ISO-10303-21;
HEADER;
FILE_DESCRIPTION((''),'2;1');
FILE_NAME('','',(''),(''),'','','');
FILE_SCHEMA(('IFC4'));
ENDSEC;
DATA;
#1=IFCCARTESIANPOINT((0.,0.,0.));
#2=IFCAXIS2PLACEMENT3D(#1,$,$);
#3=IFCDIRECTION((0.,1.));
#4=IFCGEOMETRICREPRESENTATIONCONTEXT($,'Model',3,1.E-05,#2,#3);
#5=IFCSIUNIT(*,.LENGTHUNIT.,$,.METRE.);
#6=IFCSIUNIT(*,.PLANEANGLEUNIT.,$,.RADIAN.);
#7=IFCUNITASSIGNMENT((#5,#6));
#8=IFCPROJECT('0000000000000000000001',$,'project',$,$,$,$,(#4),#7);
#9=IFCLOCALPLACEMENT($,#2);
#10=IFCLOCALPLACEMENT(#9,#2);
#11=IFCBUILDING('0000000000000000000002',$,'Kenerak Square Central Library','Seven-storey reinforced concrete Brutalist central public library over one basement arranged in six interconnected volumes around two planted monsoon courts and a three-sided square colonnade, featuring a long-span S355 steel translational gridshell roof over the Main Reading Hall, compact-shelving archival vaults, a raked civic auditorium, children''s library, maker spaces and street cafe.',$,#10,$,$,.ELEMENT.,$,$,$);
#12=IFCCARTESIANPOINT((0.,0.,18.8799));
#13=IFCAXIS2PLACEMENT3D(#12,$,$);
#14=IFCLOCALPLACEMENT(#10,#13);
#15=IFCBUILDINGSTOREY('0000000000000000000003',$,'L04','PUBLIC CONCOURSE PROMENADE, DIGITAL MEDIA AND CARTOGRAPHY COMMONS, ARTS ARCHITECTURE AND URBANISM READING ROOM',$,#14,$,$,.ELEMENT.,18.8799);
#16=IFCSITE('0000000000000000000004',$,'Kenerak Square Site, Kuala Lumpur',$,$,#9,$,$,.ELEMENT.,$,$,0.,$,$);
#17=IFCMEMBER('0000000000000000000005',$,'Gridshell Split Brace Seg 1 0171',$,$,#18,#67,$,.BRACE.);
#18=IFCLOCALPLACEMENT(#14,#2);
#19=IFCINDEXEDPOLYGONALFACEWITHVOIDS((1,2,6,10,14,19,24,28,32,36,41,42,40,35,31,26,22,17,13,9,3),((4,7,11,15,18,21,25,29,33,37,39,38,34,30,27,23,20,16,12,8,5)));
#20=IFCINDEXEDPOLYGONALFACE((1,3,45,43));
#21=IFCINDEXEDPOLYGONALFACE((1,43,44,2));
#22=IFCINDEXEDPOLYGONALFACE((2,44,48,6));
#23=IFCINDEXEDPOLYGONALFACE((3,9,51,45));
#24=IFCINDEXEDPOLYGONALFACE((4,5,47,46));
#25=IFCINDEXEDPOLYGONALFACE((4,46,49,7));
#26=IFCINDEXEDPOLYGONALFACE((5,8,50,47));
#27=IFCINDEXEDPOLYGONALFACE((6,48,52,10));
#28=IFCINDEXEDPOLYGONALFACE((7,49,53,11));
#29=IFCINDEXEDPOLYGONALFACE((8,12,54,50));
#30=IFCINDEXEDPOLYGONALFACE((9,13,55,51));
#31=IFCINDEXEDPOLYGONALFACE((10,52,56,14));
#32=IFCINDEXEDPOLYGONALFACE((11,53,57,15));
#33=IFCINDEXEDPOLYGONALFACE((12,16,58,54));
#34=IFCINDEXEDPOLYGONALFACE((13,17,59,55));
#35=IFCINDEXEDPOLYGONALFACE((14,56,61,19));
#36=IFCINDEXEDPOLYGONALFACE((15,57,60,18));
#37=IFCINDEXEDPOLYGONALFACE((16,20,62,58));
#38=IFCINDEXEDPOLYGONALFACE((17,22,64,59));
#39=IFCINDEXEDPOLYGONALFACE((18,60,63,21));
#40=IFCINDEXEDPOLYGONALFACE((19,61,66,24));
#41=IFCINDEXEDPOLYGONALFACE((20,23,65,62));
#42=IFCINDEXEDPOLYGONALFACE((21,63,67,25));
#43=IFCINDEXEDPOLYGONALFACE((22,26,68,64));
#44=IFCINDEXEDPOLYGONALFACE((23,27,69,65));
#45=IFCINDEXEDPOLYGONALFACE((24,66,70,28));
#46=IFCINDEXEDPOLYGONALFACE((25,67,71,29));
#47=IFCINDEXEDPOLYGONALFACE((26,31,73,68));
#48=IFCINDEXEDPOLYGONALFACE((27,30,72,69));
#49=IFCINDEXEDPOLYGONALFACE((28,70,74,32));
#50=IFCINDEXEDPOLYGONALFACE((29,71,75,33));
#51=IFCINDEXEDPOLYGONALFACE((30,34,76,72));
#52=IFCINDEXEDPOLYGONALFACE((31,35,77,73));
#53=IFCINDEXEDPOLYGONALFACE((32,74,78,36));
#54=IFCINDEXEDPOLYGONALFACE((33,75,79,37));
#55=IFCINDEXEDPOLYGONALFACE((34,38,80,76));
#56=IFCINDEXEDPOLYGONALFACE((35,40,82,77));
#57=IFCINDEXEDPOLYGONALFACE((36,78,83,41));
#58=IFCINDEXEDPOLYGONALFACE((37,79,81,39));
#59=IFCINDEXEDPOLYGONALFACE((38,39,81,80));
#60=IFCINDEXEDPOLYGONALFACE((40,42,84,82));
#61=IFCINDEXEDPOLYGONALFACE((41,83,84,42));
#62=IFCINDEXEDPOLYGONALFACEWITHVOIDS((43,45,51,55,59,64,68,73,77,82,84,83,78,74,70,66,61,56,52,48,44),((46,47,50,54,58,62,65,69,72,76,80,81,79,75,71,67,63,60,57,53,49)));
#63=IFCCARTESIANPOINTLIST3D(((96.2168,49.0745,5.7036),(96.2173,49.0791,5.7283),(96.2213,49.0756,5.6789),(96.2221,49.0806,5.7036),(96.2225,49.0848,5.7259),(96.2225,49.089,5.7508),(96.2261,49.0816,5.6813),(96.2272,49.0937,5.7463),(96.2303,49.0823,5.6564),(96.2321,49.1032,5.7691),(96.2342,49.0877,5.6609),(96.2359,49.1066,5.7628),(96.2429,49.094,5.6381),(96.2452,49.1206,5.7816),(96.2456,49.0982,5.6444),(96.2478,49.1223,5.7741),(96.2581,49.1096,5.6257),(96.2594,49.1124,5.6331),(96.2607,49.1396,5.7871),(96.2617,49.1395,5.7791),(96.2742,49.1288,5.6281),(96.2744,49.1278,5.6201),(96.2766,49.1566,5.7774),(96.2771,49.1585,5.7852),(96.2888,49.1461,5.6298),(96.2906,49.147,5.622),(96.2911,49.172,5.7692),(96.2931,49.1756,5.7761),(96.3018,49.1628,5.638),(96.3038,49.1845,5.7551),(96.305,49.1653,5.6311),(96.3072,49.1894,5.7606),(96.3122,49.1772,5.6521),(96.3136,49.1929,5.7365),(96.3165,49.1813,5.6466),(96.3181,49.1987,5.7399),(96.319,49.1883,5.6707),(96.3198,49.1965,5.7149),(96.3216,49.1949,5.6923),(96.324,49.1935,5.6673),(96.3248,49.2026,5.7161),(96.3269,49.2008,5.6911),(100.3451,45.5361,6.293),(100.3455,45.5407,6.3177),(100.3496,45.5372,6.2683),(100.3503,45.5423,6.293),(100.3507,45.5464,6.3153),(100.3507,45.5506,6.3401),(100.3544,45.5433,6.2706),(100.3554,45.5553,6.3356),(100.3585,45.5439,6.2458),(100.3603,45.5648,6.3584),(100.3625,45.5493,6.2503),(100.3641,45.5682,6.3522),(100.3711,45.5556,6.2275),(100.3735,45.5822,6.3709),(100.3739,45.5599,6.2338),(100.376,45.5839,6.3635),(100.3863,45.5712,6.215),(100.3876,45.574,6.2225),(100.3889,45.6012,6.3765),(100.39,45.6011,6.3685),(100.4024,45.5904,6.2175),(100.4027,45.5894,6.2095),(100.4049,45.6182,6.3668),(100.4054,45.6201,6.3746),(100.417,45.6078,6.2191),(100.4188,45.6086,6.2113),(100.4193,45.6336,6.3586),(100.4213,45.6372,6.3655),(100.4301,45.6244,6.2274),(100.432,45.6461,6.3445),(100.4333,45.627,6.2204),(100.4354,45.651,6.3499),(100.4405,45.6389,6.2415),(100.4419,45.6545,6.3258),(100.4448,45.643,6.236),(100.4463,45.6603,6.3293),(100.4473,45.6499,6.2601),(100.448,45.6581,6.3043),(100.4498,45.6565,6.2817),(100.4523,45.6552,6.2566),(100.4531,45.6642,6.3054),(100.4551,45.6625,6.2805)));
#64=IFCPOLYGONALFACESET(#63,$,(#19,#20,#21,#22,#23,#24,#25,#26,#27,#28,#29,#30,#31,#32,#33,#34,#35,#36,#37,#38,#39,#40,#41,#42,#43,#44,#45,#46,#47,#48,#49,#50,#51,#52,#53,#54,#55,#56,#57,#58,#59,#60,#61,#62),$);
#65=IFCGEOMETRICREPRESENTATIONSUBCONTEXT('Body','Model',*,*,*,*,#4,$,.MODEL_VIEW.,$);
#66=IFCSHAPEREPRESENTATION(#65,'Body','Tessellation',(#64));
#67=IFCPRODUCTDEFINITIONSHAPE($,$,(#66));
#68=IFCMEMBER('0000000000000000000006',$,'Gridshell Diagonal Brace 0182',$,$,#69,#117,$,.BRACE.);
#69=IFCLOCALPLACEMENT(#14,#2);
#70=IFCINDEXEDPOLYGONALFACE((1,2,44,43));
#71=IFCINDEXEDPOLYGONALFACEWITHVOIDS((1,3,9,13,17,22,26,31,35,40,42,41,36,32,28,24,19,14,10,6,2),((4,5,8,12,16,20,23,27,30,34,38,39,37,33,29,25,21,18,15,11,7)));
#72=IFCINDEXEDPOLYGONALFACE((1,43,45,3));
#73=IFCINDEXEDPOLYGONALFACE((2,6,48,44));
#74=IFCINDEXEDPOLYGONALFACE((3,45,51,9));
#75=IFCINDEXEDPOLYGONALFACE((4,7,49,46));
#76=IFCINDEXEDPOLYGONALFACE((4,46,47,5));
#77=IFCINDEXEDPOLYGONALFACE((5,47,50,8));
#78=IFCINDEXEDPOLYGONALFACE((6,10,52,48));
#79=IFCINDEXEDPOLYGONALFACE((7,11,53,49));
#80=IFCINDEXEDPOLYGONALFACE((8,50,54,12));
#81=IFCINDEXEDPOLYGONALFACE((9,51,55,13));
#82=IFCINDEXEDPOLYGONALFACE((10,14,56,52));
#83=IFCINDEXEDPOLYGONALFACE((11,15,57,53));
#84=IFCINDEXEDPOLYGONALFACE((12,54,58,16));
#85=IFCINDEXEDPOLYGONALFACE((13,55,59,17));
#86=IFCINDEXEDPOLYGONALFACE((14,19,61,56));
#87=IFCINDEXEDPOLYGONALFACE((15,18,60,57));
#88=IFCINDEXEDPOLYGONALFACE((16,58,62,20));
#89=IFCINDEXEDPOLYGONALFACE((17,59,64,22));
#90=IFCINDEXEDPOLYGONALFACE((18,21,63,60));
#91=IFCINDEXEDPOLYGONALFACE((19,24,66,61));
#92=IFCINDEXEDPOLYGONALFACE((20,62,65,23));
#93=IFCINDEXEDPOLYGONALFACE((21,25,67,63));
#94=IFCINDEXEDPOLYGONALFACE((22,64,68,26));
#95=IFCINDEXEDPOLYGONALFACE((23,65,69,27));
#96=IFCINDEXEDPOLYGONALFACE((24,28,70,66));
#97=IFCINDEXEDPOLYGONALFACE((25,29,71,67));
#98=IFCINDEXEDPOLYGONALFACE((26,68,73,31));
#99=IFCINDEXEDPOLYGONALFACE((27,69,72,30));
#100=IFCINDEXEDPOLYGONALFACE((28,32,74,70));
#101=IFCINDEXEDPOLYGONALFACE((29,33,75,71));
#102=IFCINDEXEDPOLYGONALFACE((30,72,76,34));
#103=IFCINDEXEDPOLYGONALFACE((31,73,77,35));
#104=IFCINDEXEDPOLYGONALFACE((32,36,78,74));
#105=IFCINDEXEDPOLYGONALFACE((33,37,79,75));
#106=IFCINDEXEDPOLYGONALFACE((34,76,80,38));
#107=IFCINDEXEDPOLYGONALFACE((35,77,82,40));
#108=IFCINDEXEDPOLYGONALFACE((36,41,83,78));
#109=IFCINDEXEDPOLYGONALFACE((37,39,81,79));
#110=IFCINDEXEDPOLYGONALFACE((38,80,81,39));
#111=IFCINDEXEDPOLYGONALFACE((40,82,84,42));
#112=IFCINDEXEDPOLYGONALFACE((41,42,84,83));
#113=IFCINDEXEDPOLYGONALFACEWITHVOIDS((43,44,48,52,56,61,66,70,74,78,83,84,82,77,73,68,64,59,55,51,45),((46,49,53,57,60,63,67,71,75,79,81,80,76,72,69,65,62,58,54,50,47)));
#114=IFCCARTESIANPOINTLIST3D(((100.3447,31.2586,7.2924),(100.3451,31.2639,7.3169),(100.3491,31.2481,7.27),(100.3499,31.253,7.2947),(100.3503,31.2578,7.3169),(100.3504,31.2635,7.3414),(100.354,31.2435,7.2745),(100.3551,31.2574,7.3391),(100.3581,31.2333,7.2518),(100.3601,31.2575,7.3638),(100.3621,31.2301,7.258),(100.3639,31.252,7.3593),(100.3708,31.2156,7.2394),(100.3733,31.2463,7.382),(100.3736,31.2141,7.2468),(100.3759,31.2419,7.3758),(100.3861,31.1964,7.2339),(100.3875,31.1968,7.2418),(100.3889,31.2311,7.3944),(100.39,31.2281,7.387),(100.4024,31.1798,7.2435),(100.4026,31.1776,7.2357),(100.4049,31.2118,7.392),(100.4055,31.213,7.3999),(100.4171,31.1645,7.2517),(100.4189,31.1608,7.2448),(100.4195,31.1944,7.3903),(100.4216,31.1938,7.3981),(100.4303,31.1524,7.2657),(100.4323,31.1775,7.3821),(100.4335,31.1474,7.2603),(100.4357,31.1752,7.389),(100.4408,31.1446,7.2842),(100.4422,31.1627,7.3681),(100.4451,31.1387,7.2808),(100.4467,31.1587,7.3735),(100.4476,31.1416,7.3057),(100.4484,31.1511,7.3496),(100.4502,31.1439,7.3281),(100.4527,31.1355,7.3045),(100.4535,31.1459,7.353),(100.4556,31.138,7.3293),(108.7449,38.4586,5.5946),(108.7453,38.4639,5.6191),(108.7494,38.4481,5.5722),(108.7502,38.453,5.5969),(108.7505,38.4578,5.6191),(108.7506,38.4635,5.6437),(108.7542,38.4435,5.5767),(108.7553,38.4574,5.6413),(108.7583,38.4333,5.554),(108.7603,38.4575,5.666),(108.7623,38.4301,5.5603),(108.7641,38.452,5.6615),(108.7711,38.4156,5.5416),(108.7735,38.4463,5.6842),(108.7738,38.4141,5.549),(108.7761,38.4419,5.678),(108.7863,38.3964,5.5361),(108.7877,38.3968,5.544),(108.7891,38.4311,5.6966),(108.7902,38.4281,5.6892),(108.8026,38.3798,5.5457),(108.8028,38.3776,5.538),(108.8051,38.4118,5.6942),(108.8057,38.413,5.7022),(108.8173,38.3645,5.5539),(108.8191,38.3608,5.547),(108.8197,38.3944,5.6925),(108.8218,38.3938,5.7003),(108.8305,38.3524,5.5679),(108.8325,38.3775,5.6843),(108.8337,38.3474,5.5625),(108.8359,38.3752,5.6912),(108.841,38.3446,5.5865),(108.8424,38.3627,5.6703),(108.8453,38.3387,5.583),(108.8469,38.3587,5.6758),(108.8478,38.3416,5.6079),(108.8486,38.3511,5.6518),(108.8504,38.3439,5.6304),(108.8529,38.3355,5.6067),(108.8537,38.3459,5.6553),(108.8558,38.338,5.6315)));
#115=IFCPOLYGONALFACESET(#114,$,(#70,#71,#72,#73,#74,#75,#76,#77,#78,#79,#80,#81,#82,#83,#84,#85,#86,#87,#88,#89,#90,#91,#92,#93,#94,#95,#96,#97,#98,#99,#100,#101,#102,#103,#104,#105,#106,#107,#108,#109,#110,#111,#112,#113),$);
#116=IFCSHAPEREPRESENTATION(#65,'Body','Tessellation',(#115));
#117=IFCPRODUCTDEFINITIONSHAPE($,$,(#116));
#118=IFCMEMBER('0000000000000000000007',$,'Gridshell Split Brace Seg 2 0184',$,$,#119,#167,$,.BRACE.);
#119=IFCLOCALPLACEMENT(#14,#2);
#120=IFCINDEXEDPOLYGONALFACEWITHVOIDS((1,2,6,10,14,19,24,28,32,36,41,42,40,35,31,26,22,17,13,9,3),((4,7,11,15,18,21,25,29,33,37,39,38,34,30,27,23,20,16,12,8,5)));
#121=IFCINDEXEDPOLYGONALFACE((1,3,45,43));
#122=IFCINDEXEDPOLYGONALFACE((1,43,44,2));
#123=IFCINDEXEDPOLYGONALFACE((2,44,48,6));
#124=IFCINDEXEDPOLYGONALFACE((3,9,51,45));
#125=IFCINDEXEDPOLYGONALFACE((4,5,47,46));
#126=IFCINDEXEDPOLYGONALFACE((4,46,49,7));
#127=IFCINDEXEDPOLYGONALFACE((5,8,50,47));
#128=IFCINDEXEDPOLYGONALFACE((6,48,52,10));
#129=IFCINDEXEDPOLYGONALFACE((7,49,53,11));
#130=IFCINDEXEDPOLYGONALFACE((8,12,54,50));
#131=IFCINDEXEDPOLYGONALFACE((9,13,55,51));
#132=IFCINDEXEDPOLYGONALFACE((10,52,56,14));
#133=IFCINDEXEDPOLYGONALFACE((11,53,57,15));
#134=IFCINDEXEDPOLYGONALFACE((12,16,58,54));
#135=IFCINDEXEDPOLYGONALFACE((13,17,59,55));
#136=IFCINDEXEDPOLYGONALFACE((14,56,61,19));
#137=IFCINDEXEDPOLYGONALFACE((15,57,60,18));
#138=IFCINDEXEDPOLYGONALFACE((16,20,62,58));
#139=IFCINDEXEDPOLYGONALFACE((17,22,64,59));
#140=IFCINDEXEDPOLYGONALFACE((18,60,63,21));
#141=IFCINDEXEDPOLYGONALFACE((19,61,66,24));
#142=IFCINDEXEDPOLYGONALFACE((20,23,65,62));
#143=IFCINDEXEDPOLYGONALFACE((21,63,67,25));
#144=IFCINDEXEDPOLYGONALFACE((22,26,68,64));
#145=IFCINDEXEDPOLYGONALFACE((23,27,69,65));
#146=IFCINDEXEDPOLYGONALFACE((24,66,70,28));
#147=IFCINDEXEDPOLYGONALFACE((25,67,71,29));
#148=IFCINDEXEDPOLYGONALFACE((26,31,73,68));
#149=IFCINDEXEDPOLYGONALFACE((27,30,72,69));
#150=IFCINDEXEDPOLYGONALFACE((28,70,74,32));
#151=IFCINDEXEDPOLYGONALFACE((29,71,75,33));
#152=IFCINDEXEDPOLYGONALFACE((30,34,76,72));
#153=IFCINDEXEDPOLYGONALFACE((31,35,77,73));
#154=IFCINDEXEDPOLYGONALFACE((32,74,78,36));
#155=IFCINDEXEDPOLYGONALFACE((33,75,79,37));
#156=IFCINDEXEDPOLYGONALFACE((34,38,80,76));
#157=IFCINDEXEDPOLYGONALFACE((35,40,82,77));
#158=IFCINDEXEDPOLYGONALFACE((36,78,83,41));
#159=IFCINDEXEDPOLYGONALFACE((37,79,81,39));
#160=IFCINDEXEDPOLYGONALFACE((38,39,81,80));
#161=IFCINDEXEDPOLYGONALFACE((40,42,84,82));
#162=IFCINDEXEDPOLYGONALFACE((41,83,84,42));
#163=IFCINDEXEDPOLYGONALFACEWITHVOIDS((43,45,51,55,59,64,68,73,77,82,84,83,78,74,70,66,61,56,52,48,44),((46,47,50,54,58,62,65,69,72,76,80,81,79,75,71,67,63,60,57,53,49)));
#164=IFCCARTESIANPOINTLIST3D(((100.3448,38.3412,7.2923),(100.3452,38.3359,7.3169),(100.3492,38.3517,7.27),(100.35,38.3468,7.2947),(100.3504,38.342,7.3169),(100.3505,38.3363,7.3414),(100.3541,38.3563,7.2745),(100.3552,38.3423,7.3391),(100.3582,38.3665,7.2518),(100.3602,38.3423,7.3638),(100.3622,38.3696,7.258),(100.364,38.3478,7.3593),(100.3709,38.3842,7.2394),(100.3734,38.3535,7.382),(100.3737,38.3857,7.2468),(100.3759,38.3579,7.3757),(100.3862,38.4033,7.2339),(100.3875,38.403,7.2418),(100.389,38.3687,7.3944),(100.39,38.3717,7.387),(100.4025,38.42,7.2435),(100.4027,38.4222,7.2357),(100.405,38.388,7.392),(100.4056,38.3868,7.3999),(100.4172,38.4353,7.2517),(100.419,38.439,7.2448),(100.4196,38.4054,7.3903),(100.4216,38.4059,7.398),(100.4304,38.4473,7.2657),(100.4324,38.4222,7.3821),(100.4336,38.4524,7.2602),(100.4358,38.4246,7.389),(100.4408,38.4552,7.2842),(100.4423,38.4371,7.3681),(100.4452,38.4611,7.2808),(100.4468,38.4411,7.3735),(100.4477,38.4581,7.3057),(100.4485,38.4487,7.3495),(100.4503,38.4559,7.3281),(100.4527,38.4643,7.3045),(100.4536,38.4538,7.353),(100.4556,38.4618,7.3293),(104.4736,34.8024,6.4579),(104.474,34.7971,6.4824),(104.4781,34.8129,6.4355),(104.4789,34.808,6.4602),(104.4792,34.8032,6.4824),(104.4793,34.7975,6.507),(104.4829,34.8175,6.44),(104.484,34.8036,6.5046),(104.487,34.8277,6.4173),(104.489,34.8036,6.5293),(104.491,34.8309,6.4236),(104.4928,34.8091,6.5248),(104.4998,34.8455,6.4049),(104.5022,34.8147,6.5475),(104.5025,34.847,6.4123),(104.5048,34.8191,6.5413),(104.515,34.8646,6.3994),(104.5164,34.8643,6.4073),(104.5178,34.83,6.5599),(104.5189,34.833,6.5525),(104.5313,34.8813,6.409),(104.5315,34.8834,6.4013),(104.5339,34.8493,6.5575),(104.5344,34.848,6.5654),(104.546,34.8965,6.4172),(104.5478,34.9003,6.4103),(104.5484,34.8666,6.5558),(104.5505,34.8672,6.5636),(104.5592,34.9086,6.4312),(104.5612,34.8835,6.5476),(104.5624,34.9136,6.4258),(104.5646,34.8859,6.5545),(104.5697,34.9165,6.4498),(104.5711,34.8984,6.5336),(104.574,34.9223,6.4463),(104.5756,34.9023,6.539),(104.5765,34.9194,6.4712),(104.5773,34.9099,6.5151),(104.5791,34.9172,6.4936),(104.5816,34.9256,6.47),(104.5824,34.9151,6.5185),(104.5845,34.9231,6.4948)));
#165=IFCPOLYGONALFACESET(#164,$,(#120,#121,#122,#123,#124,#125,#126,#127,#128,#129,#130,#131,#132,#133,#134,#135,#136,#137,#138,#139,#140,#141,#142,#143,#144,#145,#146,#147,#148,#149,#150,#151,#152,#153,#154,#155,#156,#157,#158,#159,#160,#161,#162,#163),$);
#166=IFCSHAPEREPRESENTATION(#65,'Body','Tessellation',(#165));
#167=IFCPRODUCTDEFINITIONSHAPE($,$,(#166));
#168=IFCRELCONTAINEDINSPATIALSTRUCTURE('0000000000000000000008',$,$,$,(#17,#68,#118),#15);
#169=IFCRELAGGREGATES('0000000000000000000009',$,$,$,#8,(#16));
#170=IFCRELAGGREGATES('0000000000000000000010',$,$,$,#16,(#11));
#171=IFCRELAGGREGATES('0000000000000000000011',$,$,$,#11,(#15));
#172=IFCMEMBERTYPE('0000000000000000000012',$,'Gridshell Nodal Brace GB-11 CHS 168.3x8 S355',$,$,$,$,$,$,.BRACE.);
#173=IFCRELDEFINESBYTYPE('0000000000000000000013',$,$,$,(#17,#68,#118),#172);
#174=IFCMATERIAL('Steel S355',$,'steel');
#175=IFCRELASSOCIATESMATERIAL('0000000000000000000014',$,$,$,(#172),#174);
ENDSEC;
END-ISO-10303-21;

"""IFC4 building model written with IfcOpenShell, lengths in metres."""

from ifc_helpers import new_model, si_unit, direction, frame, origin, origin_2d, place, context, subcontext, project, spatial, hollow_circle, extrude, material, material_profile, profile_set, type_object, element, save


model = new_model("IFC4")

# Units and contexts
model_context = context("Model", 3, precision=1e-05, world=origin(), true_north=direction((0.0, 1.0)))
body_context = subcontext(model_context, "Body", "Model", "MODEL_VIEW")
ifc_project = project(units=[si_unit("LENGTHUNIT", "METRE"), si_unit("PLANEANGLEUNIT", "RADIAN")], contexts=[model_context])

# Site, building, storey
site_placement = place(None, origin())
site = spatial("IfcSite", under=ifc_project, at=site_placement, Name="Kenerak Square Site, Kuala Lumpur", CompositionType="ELEMENT", RefElevation=0.0)
building_placement = place(site_placement, origin())
building = spatial("IfcBuilding", under=site, at=building_placement, Name="Kenerak Square Central Library", Description="Seven-storey reinforced concrete Brutalist central public library over one basement arranged in six interconnected volumes around two planted monsoon courts and a three-sided square colonnade, featuring a long-span S355 steel translational gridshell roof over the Main Reading Hall, compact-shelving archival vaults, a raked civic auditorium, children's library, maker spaces and street cafe.", CompositionType="ELEMENT")
storey_placement = place(building_placement, frame((0.0, 0.0, 18.8799)))
storey = spatial("IfcBuildingStorey", under=building, at=storey_placement, Name="L04", Description="PUBLIC CONCOURSE PROMENADE, DIGITAL MEDIA AND CARTOGRAPHY COMMONS, ARTS ARCHITECTURE AND URBANISM READING ROOM", CompositionType="ELEMENT", Elevation=18.8799)

# Members
ifc_material = material(Name="Steel S355", Category="steel")
ifc_material_profile_1 = material_profile(ifc_material, hollow_circle(Radius=0.0842, WallThickness=0.0081, at=origin_2d()), Name="CHS 168.3x8.0")
ifc_profile_set_1 = profile_set([ifc_material_profile_1], Name="Steel S355")
member_type_1 = type_object("IfcMemberType", Name="Gridshell Nodal Brace GB-11 CHS 168.3x8 S355", PredefinedType="BRACE", material=ifc_profile_set_1)
member_1_placement = place(storey_placement, frame((100.3999, 45.6001, 6.293), z_axis=(-0.754844, 0.64699, -0.107765), x_axis=(-0.65078, -0.759266, 0.0)))
element("IfcMember", 1, at=member_1_placement, inside=storey, type_object=member_type_1, Name="Gridshell Split Brace Seg 1 0171", PredefinedType="BRACE", context=body_context, shape_type="SweptSolid", body=[
    extrude(hollow_circle(Radius=0.0842, WallThickness=0.0081, at=origin_2d()), origin(), (0.0, 0.0, 1.0), 5.469),
])
member_2_placement = place(storey_placement, frame((100.3999, 31.2, 7.3169), z_axis=(0.75048, 0.643253, -0.151679), x_axis=(-0.650782, 0.759264, 0.0)))
element("IfcMember", 2, at=member_2_placement, inside=storey, type_object=member_type_1, Name="Gridshell Diagonal Brace 0182", PredefinedType="BRACE", context=body_context, shape_type="SweptSolid", body=[
    extrude(hollow_circle(Radius=0.0842, WallThickness=0.0081, at=origin_2d()), origin(), (0.0, 0.0, 1.0), 11.1931),
])
member_3_placement = place(storey_placement, frame((104.5288, 34.8611, 6.4824), z_axis=(-0.750494, 0.643236, 0.151679), x_axis=(-0.650765, -0.759279, 0.0)))
element("IfcMember", 3, at=member_3_placement, inside=storey, type_object=member_type_1, Name="Gridshell Split Brace Seg 2 0184", PredefinedType="BRACE", context=body_context, shape_type="SweptSolid", body=[
    extrude(hollow_circle(Radius=0.0842, WallThickness=0.0081, at=origin_2d()), origin(), (0.0, 0.0, 1.0), 5.5015),
])

save(model, "model.ifc")
